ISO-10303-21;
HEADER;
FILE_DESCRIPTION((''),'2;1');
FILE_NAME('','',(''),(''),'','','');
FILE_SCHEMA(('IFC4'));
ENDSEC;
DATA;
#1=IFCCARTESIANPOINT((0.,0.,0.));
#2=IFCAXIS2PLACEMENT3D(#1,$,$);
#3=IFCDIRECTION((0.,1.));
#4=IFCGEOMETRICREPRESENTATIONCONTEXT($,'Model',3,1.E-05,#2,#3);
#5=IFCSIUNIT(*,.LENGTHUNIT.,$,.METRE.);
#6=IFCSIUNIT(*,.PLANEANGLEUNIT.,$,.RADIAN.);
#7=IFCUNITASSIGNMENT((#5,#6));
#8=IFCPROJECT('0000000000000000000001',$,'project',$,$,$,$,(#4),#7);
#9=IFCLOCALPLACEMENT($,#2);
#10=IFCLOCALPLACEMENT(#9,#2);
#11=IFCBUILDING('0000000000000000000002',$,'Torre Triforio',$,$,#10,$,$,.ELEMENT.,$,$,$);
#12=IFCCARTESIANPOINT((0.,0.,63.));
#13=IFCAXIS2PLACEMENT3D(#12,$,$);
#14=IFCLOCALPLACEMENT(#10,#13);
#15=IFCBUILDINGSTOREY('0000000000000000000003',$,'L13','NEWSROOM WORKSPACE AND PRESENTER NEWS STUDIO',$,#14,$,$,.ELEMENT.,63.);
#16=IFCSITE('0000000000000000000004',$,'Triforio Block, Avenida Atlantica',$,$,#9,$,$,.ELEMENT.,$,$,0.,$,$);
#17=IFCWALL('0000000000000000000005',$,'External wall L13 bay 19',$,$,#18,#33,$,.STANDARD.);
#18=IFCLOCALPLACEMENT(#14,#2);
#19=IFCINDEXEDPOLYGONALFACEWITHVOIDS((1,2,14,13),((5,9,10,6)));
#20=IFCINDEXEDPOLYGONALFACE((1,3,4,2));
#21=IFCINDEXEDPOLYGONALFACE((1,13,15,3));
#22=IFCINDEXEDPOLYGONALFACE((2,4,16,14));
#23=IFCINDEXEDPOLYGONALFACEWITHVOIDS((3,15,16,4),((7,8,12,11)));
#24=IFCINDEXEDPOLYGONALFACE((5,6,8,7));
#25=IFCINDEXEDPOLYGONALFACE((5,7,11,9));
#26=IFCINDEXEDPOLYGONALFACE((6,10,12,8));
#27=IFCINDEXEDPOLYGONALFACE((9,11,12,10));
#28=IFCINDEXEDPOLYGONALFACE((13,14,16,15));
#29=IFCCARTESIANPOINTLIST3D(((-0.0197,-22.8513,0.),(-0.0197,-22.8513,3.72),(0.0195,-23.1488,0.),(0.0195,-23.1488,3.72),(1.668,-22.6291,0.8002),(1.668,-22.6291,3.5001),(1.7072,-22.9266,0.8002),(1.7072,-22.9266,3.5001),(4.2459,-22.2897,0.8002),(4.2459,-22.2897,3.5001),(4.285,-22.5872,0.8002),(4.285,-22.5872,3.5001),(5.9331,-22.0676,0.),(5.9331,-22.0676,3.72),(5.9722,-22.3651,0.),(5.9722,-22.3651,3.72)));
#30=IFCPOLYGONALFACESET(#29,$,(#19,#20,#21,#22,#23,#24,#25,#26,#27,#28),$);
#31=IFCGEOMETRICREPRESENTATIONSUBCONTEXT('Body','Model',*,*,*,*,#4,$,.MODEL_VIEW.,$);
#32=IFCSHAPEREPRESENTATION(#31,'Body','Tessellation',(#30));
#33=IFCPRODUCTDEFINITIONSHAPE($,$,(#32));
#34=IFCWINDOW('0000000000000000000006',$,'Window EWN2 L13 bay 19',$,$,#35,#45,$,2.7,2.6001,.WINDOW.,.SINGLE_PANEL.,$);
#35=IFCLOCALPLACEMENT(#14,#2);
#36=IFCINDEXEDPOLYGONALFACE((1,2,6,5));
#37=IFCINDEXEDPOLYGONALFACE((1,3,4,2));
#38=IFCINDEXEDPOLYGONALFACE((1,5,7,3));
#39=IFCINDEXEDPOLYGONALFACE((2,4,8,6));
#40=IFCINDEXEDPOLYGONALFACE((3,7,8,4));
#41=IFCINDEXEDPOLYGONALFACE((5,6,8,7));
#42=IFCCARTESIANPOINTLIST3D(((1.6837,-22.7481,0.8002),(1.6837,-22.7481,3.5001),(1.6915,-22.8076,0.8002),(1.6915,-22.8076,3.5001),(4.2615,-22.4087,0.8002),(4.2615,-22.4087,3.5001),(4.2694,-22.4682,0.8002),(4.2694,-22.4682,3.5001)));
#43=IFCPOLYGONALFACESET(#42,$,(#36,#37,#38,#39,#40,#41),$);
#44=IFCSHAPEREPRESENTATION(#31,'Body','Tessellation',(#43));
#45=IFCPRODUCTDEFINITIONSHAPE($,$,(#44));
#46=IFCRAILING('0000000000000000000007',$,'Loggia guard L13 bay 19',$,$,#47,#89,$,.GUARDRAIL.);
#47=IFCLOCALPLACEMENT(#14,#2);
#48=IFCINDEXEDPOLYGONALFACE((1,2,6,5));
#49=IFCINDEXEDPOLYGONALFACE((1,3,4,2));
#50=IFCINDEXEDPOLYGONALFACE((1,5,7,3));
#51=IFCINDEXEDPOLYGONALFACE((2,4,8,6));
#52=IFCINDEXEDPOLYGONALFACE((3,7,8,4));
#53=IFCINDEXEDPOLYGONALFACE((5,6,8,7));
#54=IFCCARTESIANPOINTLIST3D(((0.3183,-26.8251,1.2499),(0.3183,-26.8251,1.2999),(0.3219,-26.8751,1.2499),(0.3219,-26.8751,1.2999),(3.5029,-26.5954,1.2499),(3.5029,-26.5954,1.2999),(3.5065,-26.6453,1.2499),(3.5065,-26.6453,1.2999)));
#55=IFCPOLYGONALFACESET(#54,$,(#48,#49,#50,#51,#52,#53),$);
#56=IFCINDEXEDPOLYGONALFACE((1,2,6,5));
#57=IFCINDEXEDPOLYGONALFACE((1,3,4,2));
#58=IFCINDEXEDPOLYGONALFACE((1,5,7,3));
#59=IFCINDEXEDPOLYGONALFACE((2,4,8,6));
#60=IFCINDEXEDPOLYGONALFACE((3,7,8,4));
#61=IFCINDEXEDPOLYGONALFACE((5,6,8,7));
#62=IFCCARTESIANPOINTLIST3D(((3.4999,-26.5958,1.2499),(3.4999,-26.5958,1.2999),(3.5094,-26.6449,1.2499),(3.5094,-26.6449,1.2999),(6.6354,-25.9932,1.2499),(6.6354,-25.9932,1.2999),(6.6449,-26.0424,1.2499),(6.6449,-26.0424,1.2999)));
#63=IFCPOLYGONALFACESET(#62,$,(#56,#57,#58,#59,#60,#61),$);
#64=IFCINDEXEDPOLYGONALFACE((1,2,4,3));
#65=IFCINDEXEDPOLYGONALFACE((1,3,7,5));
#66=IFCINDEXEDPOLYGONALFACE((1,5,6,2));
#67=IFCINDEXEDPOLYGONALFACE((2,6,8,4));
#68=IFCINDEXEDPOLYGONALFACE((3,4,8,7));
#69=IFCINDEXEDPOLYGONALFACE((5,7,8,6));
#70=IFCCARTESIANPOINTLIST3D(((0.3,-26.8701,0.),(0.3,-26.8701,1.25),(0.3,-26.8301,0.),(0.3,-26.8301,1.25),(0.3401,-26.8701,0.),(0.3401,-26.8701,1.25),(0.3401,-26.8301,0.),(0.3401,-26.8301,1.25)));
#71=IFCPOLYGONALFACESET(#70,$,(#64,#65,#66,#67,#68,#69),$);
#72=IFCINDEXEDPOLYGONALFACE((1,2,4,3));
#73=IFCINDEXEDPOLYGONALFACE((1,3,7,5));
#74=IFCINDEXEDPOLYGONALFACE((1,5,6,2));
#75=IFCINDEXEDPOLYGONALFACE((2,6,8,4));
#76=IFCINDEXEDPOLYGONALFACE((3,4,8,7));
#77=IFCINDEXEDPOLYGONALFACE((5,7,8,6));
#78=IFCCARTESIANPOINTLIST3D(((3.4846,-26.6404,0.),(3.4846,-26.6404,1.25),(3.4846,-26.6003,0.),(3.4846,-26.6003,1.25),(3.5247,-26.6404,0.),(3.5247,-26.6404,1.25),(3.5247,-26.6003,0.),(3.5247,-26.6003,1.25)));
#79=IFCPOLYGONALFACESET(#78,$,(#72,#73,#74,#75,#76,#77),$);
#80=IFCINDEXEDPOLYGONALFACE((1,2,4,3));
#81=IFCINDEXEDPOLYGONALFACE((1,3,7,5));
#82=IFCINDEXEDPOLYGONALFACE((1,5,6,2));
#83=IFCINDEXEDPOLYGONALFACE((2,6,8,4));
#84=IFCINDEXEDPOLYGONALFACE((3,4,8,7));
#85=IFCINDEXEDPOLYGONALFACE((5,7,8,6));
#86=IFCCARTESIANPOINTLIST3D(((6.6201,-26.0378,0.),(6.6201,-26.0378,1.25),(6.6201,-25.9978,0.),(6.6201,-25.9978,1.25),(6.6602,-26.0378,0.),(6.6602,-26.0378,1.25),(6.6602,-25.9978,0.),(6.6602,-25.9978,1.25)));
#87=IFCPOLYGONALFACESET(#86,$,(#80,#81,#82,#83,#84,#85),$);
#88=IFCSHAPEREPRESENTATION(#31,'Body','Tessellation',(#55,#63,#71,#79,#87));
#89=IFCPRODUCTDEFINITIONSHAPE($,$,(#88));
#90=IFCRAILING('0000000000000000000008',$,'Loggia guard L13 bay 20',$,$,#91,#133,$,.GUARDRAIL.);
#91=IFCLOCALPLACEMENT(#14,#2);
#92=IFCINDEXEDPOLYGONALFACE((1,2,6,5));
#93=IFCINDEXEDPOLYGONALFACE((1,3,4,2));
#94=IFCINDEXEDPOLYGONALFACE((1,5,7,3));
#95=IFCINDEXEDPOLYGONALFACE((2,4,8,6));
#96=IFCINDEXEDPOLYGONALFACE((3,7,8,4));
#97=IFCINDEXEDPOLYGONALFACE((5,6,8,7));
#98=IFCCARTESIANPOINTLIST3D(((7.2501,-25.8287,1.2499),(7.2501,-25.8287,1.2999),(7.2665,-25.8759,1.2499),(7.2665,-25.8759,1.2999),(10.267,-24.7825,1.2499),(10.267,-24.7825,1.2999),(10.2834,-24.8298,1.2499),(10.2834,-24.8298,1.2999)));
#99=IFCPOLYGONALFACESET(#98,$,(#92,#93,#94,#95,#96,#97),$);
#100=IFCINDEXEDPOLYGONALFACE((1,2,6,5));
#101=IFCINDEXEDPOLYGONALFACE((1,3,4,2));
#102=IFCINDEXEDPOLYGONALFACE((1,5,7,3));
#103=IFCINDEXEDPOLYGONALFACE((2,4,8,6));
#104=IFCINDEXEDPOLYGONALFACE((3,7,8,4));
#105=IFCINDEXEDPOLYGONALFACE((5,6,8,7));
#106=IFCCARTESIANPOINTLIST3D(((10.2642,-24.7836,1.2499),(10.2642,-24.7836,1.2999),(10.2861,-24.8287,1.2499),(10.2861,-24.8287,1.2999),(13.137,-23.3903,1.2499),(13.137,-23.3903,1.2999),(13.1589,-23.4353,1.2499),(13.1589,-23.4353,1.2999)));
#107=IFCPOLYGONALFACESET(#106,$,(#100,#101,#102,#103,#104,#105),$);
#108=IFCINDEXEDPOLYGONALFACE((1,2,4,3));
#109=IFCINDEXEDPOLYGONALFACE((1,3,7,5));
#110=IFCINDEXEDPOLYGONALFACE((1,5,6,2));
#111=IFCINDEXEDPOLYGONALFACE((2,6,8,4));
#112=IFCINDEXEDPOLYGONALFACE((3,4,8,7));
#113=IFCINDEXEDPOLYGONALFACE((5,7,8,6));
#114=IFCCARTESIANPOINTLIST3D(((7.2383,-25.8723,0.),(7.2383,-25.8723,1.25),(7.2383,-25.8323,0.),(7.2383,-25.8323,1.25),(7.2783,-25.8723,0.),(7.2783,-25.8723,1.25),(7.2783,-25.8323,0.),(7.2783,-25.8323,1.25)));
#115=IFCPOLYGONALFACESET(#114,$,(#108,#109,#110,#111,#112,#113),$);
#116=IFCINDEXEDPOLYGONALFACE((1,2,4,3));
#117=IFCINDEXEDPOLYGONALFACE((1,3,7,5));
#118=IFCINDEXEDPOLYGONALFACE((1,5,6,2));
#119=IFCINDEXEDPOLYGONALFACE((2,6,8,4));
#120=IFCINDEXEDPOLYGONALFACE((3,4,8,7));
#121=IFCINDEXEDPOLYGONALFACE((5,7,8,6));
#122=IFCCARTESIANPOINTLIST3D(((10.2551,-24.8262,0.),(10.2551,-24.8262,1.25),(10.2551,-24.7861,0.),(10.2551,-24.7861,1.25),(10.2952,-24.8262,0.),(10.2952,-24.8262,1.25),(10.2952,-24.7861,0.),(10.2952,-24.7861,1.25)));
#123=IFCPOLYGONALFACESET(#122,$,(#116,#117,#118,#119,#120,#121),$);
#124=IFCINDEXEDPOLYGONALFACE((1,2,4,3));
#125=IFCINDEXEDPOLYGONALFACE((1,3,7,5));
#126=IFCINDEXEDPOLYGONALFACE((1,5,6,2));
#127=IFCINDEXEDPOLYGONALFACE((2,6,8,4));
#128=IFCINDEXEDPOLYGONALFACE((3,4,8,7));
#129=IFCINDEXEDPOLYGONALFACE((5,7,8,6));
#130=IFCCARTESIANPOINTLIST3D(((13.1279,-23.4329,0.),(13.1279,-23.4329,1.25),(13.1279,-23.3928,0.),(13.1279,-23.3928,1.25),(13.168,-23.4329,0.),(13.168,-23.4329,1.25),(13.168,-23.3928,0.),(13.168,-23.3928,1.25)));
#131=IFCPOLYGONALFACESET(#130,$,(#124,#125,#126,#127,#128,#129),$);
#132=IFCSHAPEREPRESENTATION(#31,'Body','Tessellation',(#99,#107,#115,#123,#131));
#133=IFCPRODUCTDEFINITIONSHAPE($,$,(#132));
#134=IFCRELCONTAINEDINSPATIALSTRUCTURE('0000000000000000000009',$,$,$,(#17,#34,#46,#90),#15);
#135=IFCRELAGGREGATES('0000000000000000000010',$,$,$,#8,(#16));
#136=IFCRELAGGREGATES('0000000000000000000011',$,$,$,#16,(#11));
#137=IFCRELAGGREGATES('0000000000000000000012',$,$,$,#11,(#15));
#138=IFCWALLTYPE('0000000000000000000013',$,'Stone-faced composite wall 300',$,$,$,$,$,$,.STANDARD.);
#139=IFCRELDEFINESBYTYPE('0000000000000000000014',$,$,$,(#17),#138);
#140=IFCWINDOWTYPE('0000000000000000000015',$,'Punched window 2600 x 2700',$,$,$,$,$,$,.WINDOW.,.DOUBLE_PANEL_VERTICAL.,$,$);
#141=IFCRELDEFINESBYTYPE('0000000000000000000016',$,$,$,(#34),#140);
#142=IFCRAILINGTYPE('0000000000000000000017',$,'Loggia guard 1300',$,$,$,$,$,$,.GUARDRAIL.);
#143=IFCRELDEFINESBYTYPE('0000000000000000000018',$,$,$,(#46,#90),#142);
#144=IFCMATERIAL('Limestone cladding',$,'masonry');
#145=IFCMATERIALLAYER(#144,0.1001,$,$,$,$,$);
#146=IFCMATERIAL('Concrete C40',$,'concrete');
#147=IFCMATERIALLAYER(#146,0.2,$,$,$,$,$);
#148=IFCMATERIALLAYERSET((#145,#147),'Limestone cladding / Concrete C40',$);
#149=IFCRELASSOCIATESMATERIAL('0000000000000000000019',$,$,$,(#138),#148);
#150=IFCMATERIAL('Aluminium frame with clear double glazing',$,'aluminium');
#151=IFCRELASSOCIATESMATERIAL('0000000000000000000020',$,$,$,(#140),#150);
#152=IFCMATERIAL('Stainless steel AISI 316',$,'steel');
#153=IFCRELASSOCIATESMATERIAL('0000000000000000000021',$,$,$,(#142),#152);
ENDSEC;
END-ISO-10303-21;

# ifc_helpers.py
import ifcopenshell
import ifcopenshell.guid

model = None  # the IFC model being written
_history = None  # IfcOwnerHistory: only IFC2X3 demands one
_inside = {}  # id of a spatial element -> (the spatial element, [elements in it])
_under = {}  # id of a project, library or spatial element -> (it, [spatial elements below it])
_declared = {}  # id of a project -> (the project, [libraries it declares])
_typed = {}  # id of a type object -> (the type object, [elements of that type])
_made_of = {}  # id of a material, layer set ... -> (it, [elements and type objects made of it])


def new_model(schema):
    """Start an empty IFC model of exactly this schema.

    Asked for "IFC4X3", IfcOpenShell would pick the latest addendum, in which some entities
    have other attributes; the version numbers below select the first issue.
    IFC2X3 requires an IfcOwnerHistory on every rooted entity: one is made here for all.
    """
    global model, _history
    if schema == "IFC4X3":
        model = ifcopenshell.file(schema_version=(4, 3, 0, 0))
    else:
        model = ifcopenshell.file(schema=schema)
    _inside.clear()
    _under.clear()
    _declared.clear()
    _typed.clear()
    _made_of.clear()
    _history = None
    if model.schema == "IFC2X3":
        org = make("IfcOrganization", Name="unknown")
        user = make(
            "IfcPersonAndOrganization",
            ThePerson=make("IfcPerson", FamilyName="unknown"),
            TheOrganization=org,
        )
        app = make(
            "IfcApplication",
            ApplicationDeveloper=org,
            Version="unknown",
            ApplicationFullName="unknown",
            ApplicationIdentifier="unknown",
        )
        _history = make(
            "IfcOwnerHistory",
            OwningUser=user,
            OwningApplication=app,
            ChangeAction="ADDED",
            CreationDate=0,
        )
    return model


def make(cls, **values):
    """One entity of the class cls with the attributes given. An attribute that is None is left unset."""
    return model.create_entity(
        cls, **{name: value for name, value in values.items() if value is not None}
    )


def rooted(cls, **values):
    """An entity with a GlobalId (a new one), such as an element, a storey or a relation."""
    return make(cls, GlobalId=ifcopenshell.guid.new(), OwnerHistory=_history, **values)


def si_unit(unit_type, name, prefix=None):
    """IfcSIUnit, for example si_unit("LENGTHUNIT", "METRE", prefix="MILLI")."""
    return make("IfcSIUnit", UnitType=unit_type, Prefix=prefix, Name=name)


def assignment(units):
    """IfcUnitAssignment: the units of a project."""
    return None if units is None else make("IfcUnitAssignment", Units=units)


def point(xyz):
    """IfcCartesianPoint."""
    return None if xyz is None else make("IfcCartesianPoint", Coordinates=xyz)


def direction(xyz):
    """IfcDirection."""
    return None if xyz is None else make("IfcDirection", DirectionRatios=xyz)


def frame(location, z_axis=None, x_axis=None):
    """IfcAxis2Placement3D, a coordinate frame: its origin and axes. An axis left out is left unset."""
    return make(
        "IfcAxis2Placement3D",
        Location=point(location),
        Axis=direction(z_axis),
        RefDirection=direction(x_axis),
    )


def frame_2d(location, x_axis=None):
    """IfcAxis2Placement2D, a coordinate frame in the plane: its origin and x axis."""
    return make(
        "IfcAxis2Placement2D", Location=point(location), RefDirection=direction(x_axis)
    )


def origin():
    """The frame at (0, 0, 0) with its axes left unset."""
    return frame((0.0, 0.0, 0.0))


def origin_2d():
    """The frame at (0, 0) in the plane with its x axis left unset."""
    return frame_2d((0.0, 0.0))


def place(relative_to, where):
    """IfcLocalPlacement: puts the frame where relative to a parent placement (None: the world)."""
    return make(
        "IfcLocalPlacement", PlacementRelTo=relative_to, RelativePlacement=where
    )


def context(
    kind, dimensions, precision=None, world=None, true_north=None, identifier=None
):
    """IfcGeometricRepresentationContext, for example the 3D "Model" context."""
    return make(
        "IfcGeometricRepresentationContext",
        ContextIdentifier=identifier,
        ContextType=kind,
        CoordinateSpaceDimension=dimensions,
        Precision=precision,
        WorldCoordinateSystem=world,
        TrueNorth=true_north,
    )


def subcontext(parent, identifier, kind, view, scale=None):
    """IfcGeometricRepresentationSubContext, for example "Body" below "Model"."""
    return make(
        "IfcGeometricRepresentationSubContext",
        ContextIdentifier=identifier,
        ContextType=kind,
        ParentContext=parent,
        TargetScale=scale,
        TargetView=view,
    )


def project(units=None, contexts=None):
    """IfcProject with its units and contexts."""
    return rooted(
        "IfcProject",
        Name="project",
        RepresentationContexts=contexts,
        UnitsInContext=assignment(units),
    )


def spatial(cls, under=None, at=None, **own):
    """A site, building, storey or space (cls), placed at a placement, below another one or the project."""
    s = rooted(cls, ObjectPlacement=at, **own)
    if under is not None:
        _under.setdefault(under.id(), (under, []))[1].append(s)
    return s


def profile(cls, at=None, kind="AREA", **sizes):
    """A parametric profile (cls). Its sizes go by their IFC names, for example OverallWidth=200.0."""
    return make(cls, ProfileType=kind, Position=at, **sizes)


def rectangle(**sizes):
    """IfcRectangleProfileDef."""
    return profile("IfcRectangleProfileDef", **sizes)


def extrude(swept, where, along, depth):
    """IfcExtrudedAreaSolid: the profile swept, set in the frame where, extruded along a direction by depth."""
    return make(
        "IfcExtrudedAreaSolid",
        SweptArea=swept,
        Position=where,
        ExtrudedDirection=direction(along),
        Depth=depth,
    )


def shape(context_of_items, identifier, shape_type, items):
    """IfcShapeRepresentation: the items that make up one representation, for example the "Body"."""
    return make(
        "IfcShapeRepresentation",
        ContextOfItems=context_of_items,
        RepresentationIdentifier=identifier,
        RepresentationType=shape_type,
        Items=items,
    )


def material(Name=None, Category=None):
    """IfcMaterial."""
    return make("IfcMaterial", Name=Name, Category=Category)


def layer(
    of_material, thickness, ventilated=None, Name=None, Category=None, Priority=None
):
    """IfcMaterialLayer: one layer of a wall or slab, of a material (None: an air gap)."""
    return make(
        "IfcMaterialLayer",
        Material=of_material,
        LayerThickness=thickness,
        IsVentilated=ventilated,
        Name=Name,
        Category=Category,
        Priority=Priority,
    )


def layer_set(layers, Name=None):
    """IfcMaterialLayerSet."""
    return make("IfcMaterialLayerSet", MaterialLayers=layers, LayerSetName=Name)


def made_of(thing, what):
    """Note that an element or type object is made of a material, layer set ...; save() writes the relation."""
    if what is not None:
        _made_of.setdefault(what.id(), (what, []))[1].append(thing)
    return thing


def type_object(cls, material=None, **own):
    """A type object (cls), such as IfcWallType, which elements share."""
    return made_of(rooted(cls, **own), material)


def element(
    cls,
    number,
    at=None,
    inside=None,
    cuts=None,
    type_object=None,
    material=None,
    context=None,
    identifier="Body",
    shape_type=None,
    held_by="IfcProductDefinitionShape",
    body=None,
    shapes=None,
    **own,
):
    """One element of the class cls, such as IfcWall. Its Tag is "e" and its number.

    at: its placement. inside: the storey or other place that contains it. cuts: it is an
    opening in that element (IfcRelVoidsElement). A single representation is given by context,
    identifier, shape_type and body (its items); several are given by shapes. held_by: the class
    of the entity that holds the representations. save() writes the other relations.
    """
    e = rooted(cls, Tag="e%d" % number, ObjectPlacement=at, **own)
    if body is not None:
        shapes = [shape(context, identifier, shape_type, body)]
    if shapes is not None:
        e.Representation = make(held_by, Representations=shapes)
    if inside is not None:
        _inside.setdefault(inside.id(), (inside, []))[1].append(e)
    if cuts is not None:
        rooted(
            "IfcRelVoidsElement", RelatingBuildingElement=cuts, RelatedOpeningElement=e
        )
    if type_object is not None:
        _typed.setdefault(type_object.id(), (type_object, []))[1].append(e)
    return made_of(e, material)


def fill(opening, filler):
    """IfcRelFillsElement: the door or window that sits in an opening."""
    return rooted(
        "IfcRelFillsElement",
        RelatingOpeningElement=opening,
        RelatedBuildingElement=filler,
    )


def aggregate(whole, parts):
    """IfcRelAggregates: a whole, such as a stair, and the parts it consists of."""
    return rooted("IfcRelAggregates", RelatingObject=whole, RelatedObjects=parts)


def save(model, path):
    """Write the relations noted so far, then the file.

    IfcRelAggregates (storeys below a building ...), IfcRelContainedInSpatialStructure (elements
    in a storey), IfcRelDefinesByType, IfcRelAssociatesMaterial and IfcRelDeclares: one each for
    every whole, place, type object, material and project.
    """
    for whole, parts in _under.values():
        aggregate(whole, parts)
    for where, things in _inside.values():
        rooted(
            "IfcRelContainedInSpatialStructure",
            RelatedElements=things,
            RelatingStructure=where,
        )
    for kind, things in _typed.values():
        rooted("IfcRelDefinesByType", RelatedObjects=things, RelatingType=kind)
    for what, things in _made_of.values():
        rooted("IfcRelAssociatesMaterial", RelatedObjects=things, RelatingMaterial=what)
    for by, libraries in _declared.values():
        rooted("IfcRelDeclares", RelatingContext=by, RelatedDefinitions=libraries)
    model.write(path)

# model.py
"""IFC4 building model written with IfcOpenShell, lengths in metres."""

from ifc_helpers import new_model, si_unit, direction, frame, frame_2d, origin, origin_2d, place, context, subcontext, project, spatial, rectangle, extrude, material, layer, layer_set, type_object, element, fill, save


model = new_model("IFC4")

# Units and contexts
model_context = context("Model", 3, precision=1e-05, world=origin(), true_north=direction((0.0, 1.0)))
body_context = subcontext(model_context, "Body", "Model", "MODEL_VIEW")
ifc_project = project(units=[si_unit("LENGTHUNIT", "METRE"), si_unit("PLANEANGLEUNIT", "RADIAN")], contexts=[model_context])

# Site, building, storey
site_placement = place(None, origin())
site = spatial("IfcSite", under=ifc_project, at=site_placement, Name="Triforio Block, Avenida Atlantica", CompositionType="ELEMENT", RefElevation=0.0)
building_placement = place(site_placement, origin())
building = spatial("IfcBuilding", under=site, at=building_placement, Name="Torre Triforio", CompositionType="ELEMENT")
storey_placement = place(building_placement, frame((0.0, 0.0, 63.0)))
storey = spatial("IfcBuildingStorey", under=building, at=storey_placement, Name="L13", Description="NEWSROOM WORKSPACE AND PRESENTER NEWS STUDIO", CompositionType="ELEMENT", Elevation=63.0)

# Wall, opening, window
ifc_material_1 = material(Name="Limestone cladding", Category="masonry")
ifc_layer_1 = layer(ifc_material_1, 0.1001)
ifc_material_2 = material(Name="Concrete C40", Category="concrete")
ifc_layer_2 = layer(ifc_material_2, 0.2)
ifc_layer_set_1 = layer_set([ifc_layer_1, ifc_layer_2], Name="Limestone cladding / Concrete C40")
wall_type_1 = type_object("IfcWallType", Name="Stone-faced composite wall 300", PredefinedType="STANDARD", material=ifc_layer_set_1)
wall_1_placement = place(storey_placement, frame((0.0, -23.0, 0.0), z_axis=(0.0, 0.0, 1.0), x_axis=(0.991445, 0.130523, 0.0)))
wall_1 = element("IfcWall", 1, at=wall_1_placement, inside=storey, type_object=wall_type_1, Name="External wall L13 bay 19", PredefinedType="STANDARD", context=body_context, shape_type="SweptSolid", body=[
    extrude(rectangle(XDim=6.0042, YDim=0.3, at=frame_2d((3.002, 0.0))), origin(), (0.0, 0.0, 1.0), 3.72),
])
opening_1_placement = place(wall_1_placement, frame((1.7021, 0.0, 0.8)))
opening_1 = element("IfcOpeningElement", 2, at=opening_1_placement, cuts=wall_1, PredefinedType="OPENING", context=body_context, shape_type="SweptSolid", body=[
    extrude(rectangle(XDim=2.6001, YDim=2.7, at=frame_2d((1.3, 1.3501))), frame((0.0, 0.1599, 0.0), z_axis=(0.0, -1.0, 0.0), x_axis=(1.0, 0.0, 0.0)), (0.0, 0.0, 1.0), 0.3201),
])
ifc_material_3 = material(Name="Aluminium frame with clear double glazing", Category="aluminium")
window_type_1 = type_object("IfcWindowType", Name="Punched window 2600 x 2700", PartitioningType="DOUBLE_PANEL_VERTICAL", PredefinedType="WINDOW", material=ifc_material_3)
window_1_placement = place(opening_1_placement, origin())
window_1 = element("IfcWindow", 3, at=window_1_placement, inside=storey, type_object=window_type_1, Name="Window EWN2 L13 bay 19", OverallHeight=2.7, OverallWidth=2.6001, PartitioningType="SINGLE_PANEL", PredefinedType="WINDOW", context=body_context, shape_type="SweptSolid", body=[
    extrude(rectangle(XDim=2.6001, YDim=2.7, at=frame_2d((1.3, 1.3501))), frame((0.0, 0.03, 0.0), z_axis=(0.0, -1.0, 0.0), x_axis=(1.0, 0.0, 0.0)), (0.0, 0.0, 1.0), 0.0601),
])
fill(opening_1, window_1)

# Railings
ifc_material_4 = material(Name="Stainless steel AISI 316", Category="steel")
railing_type = type_object("IfcRailingType", Name="Loggia guard 1300", PredefinedType="GUARDRAIL", material=ifc_material_4)
railing_1_placement = place(storey_placement, frame((0.3201, -26.8501, 0.0)))
element("IfcRailing", 4, at=railing_1_placement, inside=storey, type_object=railing_type, Name="Loggia guard L13 bay 19", PredefinedType="GUARDRAIL", context=body_context, shape_type="SweptSolid", body=[
    extrude(rectangle(XDim=0.05, YDim=0.05, at=origin_2d()), frame((0.0, 0.0, 1.2749), z_axis=(0.997408, 0.071953, 0.0), x_axis=(-0.071953, 0.997408, 0.0)), (0.0, 0.0, 1.0), 3.1929),
    extrude(rectangle(XDim=0.05, YDim=0.05, at=origin_2d()), frame((3.1846, 0.2297, 1.2749), z_axis=(0.982032, 0.188714, 0.0), x_axis=(-0.188714, 0.982032, 0.0)), (0.0, 0.0, 1.0), 3.1929),
    extrude(rectangle(XDim=0.04, YDim=0.04, at=origin_2d()), origin(), (0.0, 0.0, 1.0), 1.25),
    extrude(rectangle(XDim=0.04, YDim=0.04, at=origin_2d()), frame((3.1846, 0.2297, 0.0)), (0.0, 0.0, 1.0), 1.25),
    extrude(rectangle(XDim=0.04, YDim=0.04, at=origin_2d()), frame((6.3201, 0.8323, 0.0)), (0.0, 0.0, 1.0), 1.25),
])
railing_2_placement = place(storey_placement, frame((7.2583, -25.8523, 0.0)))
element("IfcRailing", 5, at=railing_2_placement, inside=storey, type_object=railing_type, Name="Loggia guard L13 bay 20", PredefinedType="GUARDRAIL", context=body_context, shape_type="SweptSolid", body=[
    extrude(rectangle(XDim=0.05, YDim=0.05, at=origin_2d()), frame((0.0, 0.0, 1.2749), z_axis=(0.944807, 0.327628, 0.0), x_axis=(-0.327628, 0.944807, 0.0)), (0.0, 0.0, 1.0), 3.1931),
    extrude(rectangle(XDim=0.05, YDim=0.05, at=origin_2d()), frame((3.0168, 1.0461, 1.2749), z_axis=(0.89976, 0.436384, 0.0), x_axis=(-0.436384, 0.89976, 0.0)), (0.0, 0.0, 1.0), 3.1929),
    extrude(rectangle(XDim=0.04, YDim=0.04, at=origin_2d()), origin(), (0.0, 0.0, 1.0), 1.25),
    extrude(rectangle(XDim=0.04, YDim=0.04, at=origin_2d()), frame((3.0168, 1.0461, 0.0)), (0.0, 0.0, 1.0), 1.25),
    extrude(rectangle(XDim=0.04, YDim=0.04, at=origin_2d()), frame((5.8896, 2.4395, 0.0)), (0.0, 0.0, 1.0), 1.25),
])

save(model, "model.ifc")
